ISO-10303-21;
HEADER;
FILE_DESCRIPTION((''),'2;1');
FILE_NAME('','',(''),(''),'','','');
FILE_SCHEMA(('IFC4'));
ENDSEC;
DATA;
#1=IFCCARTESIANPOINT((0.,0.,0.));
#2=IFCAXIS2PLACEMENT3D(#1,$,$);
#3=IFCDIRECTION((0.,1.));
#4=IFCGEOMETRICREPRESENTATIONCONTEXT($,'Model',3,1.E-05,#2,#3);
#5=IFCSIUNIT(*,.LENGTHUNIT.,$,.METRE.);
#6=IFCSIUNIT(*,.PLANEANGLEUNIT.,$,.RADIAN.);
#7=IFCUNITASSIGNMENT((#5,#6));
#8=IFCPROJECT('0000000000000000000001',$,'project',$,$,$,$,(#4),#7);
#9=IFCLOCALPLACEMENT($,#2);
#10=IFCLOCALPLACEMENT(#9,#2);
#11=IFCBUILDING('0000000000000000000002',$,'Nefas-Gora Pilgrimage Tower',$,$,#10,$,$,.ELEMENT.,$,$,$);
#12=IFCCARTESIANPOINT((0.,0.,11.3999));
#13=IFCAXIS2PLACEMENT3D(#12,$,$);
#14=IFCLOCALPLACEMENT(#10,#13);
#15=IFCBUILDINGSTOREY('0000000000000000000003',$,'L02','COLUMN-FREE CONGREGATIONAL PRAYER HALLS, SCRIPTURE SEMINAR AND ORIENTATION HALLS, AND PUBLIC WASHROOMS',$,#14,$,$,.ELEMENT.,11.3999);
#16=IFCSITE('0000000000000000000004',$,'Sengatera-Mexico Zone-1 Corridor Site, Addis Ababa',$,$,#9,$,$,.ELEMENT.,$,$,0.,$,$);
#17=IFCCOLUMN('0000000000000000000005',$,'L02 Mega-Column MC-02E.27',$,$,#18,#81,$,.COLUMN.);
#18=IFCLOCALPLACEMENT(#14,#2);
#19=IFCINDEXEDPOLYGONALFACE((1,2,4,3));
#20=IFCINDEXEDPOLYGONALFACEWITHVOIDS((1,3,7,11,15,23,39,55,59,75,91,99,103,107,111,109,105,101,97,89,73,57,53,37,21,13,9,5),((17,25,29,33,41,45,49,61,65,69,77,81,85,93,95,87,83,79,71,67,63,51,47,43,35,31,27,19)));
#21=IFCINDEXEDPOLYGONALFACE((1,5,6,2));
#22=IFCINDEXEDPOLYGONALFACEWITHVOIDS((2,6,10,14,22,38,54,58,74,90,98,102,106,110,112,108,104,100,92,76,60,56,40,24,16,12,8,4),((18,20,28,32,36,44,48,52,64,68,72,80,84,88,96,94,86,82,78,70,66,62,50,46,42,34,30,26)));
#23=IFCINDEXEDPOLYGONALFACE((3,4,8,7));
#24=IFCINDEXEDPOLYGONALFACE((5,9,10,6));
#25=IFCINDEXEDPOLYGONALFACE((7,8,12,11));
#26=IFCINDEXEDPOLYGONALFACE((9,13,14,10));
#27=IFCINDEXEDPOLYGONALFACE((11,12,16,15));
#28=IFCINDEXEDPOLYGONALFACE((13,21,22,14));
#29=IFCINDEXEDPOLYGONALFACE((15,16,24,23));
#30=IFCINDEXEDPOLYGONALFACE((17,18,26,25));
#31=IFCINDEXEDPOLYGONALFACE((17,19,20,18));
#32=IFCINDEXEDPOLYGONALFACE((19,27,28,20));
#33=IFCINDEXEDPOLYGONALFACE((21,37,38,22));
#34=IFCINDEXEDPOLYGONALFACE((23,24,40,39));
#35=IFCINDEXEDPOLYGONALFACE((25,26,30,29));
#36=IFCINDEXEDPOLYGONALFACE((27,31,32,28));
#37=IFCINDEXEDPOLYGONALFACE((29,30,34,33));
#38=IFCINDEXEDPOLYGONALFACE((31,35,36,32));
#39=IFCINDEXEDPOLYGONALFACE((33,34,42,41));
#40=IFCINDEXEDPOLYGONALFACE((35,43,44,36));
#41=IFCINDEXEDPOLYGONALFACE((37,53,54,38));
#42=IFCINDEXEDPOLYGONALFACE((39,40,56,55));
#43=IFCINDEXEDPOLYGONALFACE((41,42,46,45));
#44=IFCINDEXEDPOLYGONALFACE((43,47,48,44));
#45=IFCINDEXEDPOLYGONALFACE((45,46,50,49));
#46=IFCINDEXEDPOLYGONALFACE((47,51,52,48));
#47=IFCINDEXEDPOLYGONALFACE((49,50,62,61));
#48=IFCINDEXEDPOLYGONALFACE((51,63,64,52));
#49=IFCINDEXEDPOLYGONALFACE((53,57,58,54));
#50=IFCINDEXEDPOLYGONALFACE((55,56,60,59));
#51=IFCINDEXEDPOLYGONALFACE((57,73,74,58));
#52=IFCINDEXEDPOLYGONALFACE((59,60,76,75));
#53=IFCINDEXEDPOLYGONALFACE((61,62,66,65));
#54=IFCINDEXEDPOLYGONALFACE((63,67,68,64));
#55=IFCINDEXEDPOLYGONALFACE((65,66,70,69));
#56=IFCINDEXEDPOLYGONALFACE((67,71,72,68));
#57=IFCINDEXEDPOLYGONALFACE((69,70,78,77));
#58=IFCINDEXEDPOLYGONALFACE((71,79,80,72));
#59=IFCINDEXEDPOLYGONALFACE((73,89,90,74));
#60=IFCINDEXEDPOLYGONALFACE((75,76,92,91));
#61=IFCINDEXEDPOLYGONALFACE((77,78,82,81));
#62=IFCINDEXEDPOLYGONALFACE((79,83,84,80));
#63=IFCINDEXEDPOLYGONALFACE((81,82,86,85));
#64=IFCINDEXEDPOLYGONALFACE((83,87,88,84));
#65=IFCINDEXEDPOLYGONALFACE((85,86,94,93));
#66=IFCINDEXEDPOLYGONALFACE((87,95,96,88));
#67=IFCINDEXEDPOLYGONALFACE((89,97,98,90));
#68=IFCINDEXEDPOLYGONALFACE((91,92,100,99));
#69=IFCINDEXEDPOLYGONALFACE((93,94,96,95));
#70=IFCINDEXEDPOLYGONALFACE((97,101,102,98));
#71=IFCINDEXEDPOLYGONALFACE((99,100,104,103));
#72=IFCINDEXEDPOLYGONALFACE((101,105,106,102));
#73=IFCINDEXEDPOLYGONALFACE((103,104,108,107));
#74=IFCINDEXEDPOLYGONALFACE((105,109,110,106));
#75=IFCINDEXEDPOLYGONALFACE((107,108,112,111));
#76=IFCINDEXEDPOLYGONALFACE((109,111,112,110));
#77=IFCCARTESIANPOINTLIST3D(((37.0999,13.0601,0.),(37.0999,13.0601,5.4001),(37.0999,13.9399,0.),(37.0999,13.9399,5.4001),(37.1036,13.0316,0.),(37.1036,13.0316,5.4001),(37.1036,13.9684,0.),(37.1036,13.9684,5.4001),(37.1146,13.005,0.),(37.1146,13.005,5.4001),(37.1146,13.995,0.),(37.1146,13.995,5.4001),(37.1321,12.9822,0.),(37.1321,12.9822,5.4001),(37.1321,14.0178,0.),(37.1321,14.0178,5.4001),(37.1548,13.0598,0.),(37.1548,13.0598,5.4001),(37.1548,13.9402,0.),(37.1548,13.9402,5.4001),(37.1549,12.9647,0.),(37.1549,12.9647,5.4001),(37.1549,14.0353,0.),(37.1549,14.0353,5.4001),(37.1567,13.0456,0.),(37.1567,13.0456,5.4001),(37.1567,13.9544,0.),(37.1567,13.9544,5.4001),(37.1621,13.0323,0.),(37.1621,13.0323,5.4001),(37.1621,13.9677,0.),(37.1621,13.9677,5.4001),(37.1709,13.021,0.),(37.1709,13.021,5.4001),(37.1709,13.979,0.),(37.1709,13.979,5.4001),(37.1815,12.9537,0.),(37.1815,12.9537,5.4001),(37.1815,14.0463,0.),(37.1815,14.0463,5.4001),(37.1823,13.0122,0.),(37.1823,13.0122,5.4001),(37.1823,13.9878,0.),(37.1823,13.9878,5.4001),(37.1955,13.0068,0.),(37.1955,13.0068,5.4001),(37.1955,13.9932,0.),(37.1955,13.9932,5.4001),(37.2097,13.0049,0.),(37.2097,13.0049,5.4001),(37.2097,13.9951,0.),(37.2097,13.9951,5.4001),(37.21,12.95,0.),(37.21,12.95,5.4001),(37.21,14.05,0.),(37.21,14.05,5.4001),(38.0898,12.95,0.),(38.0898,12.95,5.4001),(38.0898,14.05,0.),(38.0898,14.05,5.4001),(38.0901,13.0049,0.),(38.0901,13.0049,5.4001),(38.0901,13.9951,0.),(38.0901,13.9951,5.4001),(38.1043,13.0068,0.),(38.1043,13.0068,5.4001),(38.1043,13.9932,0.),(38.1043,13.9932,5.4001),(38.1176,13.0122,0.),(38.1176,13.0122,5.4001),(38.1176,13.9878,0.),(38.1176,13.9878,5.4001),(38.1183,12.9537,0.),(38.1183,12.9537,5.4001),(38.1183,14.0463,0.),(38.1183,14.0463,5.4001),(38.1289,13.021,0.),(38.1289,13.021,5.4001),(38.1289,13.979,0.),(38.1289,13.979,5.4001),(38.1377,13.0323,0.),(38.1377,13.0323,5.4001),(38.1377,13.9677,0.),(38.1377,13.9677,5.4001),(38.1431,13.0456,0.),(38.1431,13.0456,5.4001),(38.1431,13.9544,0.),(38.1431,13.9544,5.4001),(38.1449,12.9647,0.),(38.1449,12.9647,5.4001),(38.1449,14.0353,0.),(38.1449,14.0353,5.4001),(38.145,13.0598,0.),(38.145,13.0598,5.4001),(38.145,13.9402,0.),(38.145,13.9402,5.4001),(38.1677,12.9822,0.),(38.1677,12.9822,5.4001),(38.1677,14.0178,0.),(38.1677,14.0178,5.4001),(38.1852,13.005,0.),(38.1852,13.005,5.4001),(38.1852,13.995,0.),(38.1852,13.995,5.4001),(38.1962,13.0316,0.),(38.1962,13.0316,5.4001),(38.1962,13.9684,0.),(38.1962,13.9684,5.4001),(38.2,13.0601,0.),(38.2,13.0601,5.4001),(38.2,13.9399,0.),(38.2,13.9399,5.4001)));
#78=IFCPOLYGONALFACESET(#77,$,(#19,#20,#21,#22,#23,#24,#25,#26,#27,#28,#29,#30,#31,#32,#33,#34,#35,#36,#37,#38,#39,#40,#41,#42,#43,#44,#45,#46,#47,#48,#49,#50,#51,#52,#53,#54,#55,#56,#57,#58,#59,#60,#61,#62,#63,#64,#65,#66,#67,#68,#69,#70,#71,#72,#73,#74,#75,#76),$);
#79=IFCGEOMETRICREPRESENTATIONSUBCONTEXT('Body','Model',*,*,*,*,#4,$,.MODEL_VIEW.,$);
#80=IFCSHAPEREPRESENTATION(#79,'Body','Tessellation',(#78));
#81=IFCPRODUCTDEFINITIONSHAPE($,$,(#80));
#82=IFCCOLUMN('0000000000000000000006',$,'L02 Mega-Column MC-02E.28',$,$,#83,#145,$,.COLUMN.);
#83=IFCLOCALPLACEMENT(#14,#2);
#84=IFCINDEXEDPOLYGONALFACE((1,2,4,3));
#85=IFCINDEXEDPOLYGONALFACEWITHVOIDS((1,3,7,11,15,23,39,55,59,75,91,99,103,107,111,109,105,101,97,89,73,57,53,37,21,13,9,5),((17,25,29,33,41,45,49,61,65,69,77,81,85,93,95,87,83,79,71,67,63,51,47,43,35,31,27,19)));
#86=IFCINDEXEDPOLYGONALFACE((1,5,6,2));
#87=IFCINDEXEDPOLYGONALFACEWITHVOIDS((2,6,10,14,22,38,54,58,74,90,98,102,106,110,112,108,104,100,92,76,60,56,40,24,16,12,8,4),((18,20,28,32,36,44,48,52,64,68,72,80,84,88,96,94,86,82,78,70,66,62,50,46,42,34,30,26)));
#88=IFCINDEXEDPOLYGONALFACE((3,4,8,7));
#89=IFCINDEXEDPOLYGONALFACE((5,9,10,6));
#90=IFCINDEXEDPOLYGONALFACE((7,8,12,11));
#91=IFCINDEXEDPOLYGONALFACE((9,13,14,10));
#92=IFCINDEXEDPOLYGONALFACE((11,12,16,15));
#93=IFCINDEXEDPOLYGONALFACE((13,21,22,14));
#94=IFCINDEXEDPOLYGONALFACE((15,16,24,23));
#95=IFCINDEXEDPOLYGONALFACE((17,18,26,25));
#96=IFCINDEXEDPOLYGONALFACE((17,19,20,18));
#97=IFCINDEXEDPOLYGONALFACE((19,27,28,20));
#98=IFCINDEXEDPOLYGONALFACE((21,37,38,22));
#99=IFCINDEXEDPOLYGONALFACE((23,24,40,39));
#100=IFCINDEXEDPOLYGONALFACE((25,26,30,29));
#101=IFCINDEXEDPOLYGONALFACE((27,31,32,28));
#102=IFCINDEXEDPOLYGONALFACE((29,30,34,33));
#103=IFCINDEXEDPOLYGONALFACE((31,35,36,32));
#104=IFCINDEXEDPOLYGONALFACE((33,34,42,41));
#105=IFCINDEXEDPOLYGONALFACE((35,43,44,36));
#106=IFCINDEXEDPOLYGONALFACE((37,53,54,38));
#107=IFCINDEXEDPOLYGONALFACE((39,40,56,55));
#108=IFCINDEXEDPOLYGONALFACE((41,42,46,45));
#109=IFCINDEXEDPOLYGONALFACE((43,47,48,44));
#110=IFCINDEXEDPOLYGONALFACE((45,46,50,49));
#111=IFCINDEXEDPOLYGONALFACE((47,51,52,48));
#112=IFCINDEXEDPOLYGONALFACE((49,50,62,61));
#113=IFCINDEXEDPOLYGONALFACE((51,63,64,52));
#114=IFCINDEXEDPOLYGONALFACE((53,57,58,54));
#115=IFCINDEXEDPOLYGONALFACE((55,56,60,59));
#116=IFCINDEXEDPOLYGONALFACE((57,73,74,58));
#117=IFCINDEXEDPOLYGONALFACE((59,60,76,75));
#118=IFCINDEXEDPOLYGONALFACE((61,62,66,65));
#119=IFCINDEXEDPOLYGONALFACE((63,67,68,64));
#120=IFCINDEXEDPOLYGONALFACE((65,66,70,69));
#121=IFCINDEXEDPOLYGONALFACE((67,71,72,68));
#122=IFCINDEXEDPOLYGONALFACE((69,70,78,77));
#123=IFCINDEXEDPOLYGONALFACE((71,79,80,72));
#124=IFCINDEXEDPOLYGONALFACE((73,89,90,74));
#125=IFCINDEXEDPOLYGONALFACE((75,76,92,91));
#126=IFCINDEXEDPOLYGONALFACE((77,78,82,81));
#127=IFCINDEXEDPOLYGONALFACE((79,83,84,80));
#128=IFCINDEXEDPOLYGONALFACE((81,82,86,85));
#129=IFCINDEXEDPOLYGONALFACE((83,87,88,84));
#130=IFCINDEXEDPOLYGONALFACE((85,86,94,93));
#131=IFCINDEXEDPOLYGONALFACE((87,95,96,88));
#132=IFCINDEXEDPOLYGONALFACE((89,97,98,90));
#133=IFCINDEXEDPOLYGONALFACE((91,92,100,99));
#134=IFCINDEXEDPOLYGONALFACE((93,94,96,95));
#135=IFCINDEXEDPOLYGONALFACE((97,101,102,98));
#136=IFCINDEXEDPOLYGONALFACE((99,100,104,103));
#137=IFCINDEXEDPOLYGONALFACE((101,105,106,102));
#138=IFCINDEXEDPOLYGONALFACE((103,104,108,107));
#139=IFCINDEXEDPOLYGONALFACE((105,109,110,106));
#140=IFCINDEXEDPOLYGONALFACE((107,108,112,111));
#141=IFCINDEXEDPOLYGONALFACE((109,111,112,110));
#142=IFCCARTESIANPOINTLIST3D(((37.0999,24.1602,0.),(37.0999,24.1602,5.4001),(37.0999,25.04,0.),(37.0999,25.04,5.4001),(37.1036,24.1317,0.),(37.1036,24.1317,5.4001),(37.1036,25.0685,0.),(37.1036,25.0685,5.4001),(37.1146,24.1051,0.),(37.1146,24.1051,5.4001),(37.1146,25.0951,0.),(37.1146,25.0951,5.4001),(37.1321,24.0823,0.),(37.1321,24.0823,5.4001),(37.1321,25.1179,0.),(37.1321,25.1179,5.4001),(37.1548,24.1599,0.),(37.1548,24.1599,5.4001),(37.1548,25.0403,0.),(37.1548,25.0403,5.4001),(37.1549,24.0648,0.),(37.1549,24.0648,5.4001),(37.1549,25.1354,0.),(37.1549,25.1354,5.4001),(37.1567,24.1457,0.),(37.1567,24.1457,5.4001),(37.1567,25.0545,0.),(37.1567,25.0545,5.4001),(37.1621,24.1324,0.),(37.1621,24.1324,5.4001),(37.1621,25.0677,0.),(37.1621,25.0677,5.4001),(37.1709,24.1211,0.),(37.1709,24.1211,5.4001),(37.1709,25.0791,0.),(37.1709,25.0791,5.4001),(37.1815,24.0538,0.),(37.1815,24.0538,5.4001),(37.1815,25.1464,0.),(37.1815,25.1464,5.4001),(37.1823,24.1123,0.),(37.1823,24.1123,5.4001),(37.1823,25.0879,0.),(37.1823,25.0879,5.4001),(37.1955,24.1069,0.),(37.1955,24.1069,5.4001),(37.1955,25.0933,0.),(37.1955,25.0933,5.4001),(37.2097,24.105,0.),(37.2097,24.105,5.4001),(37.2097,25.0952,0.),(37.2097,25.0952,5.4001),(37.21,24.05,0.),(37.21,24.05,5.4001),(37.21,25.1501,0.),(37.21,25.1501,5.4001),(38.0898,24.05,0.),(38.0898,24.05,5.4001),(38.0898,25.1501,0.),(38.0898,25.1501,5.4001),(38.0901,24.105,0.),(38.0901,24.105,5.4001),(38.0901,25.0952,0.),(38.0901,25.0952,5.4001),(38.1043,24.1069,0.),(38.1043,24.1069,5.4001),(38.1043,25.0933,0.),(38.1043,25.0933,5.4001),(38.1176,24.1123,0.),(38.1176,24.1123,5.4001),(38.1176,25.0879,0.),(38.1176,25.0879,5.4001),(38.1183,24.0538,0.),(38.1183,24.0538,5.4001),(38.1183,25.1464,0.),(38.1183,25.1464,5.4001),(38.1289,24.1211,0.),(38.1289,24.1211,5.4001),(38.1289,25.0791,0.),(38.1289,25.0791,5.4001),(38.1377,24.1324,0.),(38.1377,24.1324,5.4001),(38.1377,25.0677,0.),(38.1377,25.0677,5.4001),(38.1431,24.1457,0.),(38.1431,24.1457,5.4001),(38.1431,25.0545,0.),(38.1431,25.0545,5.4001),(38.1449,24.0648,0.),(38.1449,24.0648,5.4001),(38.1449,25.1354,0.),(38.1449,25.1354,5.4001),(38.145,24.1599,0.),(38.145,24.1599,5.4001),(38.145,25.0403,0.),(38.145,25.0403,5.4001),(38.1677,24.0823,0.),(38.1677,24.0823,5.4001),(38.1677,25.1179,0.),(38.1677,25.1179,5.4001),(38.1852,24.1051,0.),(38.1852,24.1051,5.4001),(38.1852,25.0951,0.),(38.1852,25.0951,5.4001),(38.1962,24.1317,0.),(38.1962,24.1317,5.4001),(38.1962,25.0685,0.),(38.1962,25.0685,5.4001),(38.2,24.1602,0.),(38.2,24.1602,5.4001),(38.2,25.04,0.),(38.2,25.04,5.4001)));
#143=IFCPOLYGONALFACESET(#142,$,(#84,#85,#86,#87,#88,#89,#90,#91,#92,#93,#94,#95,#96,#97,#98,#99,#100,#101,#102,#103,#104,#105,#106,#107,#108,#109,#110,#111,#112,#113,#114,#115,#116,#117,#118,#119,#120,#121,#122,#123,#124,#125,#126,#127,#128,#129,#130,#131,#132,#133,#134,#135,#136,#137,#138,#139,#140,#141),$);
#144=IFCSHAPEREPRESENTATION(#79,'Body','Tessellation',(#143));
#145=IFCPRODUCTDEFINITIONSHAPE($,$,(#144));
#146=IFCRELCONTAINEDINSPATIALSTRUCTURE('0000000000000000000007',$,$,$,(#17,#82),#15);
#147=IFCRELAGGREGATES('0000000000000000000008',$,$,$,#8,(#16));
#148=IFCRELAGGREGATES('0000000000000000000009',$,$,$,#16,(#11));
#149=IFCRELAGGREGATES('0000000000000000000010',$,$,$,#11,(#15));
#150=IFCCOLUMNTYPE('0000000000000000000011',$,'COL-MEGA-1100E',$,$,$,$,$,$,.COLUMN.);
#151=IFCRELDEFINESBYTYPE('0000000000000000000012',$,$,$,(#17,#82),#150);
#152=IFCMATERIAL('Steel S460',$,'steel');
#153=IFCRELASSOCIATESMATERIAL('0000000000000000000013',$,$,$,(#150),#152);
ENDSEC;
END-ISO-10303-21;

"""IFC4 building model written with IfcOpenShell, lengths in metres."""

from ifc_helpers import new_model, si_unit, direction, frame, origin, origin_2d, place, context, subcontext, project, spatial, hollow_rectangle, extrude, source, transform, mapped, material, material_profile, profile_set, type_object, element, save


model = new_model("IFC4")

# Units and contexts
model_context = context("Model", 3, precision=1e-05, world=origin(), true_north=direction((0.0, 1.0)))
body_context = subcontext(model_context, "Body", "Model", "MODEL_VIEW")
ifc_project = project(units=[si_unit("LENGTHUNIT", "METRE"), si_unit("PLANEANGLEUNIT", "RADIAN")], contexts=[model_context])

# Site, building, storey
site_placement = place(None, origin())
site = spatial("IfcSite", under=ifc_project, at=site_placement, Name="Sengatera-Mexico Zone-1 Corridor Site, Addis Ababa", CompositionType="ELEMENT", RefElevation=0.0)
building_placement = place(site_placement, origin())
building = spatial("IfcBuilding", under=site, at=building_placement, Name="Nefas-Gora Pilgrimage Tower", CompositionType="ELEMENT")
storey_placement = place(building_placement, frame((0.0, 0.0, 11.3999)))
storey = spatial("IfcBuildingStorey", under=building, at=storey_placement, Name="L02", Description="COLUMN-FREE CONGREGATIONAL PRAYER HALLS, SCRIPTURE SEMINAR AND ORIENTATION HALLS, AND PUBLIC WASHROOMS", CompositionType="ELEMENT", Elevation=11.3999)

# Columns
ifc_material_1 = material(Name="Steel S460", Category="steel")
ifc_material_profile_1 = material_profile(ifc_material_1, hollow_rectangle(XDim=1.1001, YDim=1.1001, WallThickness=0.0549, InnerFilletRadius=0.0549, OuterFilletRadius=0.1101, at=origin_2d()), Name="BOX 1100x1100x55")
ifc_profile_set_1 = profile_set([ifc_material_profile_1], Name="Steel S460")
column_type_1 = type_object("IfcColumnType", Name="COL-MEGA-1100E", PredefinedType="COLUMN", material=ifc_profile_set_1)
shared_shape_1 = source(origin(), body_context, "Body", "SweptSolid", [
    extrude(hollow_rectangle(XDim=1.1001, YDim=1.1001, WallThickness=0.0549, InnerFilletRadius=0.0549, OuterFilletRadius=0.1101, at=origin_2d()), origin(), (0.0, 0.0, 1.0), 5.4001),
])
for number, where, z_axis, x_axis, name in (
    (1, (37.6499, 13.5, 0.0), (0.0, 0.0, 1.0), (1.0, 0.0, 0.0), "L02 Mega-Column MC-02E.27"),
    (2, (37.6499, 24.6001, 0.0), (0.0, 0.0, 1.0), (1.0, 0.0, 0.0), "L02 Mega-Column MC-02E.28"),
):
    element("IfcColumn", number, at=place(storey_placement, frame(where, z_axis=z_axis, x_axis=x_axis)), inside=storey, type_object=column_type_1, Name=name, PredefinedType="COLUMN", context=body_context, shape_type="MappedRepresentation", body=[
        mapped(shared_shape_1, transform((0.0, 0.0, 0.0), x_axis=(1.0, 0.0, 0.0), y_axis=(0.0, 1.0, 0.0), z_axis=(0.0, 0.0, 1.0), scale=1.0)),
    ])

save(model, "model.ifc")
